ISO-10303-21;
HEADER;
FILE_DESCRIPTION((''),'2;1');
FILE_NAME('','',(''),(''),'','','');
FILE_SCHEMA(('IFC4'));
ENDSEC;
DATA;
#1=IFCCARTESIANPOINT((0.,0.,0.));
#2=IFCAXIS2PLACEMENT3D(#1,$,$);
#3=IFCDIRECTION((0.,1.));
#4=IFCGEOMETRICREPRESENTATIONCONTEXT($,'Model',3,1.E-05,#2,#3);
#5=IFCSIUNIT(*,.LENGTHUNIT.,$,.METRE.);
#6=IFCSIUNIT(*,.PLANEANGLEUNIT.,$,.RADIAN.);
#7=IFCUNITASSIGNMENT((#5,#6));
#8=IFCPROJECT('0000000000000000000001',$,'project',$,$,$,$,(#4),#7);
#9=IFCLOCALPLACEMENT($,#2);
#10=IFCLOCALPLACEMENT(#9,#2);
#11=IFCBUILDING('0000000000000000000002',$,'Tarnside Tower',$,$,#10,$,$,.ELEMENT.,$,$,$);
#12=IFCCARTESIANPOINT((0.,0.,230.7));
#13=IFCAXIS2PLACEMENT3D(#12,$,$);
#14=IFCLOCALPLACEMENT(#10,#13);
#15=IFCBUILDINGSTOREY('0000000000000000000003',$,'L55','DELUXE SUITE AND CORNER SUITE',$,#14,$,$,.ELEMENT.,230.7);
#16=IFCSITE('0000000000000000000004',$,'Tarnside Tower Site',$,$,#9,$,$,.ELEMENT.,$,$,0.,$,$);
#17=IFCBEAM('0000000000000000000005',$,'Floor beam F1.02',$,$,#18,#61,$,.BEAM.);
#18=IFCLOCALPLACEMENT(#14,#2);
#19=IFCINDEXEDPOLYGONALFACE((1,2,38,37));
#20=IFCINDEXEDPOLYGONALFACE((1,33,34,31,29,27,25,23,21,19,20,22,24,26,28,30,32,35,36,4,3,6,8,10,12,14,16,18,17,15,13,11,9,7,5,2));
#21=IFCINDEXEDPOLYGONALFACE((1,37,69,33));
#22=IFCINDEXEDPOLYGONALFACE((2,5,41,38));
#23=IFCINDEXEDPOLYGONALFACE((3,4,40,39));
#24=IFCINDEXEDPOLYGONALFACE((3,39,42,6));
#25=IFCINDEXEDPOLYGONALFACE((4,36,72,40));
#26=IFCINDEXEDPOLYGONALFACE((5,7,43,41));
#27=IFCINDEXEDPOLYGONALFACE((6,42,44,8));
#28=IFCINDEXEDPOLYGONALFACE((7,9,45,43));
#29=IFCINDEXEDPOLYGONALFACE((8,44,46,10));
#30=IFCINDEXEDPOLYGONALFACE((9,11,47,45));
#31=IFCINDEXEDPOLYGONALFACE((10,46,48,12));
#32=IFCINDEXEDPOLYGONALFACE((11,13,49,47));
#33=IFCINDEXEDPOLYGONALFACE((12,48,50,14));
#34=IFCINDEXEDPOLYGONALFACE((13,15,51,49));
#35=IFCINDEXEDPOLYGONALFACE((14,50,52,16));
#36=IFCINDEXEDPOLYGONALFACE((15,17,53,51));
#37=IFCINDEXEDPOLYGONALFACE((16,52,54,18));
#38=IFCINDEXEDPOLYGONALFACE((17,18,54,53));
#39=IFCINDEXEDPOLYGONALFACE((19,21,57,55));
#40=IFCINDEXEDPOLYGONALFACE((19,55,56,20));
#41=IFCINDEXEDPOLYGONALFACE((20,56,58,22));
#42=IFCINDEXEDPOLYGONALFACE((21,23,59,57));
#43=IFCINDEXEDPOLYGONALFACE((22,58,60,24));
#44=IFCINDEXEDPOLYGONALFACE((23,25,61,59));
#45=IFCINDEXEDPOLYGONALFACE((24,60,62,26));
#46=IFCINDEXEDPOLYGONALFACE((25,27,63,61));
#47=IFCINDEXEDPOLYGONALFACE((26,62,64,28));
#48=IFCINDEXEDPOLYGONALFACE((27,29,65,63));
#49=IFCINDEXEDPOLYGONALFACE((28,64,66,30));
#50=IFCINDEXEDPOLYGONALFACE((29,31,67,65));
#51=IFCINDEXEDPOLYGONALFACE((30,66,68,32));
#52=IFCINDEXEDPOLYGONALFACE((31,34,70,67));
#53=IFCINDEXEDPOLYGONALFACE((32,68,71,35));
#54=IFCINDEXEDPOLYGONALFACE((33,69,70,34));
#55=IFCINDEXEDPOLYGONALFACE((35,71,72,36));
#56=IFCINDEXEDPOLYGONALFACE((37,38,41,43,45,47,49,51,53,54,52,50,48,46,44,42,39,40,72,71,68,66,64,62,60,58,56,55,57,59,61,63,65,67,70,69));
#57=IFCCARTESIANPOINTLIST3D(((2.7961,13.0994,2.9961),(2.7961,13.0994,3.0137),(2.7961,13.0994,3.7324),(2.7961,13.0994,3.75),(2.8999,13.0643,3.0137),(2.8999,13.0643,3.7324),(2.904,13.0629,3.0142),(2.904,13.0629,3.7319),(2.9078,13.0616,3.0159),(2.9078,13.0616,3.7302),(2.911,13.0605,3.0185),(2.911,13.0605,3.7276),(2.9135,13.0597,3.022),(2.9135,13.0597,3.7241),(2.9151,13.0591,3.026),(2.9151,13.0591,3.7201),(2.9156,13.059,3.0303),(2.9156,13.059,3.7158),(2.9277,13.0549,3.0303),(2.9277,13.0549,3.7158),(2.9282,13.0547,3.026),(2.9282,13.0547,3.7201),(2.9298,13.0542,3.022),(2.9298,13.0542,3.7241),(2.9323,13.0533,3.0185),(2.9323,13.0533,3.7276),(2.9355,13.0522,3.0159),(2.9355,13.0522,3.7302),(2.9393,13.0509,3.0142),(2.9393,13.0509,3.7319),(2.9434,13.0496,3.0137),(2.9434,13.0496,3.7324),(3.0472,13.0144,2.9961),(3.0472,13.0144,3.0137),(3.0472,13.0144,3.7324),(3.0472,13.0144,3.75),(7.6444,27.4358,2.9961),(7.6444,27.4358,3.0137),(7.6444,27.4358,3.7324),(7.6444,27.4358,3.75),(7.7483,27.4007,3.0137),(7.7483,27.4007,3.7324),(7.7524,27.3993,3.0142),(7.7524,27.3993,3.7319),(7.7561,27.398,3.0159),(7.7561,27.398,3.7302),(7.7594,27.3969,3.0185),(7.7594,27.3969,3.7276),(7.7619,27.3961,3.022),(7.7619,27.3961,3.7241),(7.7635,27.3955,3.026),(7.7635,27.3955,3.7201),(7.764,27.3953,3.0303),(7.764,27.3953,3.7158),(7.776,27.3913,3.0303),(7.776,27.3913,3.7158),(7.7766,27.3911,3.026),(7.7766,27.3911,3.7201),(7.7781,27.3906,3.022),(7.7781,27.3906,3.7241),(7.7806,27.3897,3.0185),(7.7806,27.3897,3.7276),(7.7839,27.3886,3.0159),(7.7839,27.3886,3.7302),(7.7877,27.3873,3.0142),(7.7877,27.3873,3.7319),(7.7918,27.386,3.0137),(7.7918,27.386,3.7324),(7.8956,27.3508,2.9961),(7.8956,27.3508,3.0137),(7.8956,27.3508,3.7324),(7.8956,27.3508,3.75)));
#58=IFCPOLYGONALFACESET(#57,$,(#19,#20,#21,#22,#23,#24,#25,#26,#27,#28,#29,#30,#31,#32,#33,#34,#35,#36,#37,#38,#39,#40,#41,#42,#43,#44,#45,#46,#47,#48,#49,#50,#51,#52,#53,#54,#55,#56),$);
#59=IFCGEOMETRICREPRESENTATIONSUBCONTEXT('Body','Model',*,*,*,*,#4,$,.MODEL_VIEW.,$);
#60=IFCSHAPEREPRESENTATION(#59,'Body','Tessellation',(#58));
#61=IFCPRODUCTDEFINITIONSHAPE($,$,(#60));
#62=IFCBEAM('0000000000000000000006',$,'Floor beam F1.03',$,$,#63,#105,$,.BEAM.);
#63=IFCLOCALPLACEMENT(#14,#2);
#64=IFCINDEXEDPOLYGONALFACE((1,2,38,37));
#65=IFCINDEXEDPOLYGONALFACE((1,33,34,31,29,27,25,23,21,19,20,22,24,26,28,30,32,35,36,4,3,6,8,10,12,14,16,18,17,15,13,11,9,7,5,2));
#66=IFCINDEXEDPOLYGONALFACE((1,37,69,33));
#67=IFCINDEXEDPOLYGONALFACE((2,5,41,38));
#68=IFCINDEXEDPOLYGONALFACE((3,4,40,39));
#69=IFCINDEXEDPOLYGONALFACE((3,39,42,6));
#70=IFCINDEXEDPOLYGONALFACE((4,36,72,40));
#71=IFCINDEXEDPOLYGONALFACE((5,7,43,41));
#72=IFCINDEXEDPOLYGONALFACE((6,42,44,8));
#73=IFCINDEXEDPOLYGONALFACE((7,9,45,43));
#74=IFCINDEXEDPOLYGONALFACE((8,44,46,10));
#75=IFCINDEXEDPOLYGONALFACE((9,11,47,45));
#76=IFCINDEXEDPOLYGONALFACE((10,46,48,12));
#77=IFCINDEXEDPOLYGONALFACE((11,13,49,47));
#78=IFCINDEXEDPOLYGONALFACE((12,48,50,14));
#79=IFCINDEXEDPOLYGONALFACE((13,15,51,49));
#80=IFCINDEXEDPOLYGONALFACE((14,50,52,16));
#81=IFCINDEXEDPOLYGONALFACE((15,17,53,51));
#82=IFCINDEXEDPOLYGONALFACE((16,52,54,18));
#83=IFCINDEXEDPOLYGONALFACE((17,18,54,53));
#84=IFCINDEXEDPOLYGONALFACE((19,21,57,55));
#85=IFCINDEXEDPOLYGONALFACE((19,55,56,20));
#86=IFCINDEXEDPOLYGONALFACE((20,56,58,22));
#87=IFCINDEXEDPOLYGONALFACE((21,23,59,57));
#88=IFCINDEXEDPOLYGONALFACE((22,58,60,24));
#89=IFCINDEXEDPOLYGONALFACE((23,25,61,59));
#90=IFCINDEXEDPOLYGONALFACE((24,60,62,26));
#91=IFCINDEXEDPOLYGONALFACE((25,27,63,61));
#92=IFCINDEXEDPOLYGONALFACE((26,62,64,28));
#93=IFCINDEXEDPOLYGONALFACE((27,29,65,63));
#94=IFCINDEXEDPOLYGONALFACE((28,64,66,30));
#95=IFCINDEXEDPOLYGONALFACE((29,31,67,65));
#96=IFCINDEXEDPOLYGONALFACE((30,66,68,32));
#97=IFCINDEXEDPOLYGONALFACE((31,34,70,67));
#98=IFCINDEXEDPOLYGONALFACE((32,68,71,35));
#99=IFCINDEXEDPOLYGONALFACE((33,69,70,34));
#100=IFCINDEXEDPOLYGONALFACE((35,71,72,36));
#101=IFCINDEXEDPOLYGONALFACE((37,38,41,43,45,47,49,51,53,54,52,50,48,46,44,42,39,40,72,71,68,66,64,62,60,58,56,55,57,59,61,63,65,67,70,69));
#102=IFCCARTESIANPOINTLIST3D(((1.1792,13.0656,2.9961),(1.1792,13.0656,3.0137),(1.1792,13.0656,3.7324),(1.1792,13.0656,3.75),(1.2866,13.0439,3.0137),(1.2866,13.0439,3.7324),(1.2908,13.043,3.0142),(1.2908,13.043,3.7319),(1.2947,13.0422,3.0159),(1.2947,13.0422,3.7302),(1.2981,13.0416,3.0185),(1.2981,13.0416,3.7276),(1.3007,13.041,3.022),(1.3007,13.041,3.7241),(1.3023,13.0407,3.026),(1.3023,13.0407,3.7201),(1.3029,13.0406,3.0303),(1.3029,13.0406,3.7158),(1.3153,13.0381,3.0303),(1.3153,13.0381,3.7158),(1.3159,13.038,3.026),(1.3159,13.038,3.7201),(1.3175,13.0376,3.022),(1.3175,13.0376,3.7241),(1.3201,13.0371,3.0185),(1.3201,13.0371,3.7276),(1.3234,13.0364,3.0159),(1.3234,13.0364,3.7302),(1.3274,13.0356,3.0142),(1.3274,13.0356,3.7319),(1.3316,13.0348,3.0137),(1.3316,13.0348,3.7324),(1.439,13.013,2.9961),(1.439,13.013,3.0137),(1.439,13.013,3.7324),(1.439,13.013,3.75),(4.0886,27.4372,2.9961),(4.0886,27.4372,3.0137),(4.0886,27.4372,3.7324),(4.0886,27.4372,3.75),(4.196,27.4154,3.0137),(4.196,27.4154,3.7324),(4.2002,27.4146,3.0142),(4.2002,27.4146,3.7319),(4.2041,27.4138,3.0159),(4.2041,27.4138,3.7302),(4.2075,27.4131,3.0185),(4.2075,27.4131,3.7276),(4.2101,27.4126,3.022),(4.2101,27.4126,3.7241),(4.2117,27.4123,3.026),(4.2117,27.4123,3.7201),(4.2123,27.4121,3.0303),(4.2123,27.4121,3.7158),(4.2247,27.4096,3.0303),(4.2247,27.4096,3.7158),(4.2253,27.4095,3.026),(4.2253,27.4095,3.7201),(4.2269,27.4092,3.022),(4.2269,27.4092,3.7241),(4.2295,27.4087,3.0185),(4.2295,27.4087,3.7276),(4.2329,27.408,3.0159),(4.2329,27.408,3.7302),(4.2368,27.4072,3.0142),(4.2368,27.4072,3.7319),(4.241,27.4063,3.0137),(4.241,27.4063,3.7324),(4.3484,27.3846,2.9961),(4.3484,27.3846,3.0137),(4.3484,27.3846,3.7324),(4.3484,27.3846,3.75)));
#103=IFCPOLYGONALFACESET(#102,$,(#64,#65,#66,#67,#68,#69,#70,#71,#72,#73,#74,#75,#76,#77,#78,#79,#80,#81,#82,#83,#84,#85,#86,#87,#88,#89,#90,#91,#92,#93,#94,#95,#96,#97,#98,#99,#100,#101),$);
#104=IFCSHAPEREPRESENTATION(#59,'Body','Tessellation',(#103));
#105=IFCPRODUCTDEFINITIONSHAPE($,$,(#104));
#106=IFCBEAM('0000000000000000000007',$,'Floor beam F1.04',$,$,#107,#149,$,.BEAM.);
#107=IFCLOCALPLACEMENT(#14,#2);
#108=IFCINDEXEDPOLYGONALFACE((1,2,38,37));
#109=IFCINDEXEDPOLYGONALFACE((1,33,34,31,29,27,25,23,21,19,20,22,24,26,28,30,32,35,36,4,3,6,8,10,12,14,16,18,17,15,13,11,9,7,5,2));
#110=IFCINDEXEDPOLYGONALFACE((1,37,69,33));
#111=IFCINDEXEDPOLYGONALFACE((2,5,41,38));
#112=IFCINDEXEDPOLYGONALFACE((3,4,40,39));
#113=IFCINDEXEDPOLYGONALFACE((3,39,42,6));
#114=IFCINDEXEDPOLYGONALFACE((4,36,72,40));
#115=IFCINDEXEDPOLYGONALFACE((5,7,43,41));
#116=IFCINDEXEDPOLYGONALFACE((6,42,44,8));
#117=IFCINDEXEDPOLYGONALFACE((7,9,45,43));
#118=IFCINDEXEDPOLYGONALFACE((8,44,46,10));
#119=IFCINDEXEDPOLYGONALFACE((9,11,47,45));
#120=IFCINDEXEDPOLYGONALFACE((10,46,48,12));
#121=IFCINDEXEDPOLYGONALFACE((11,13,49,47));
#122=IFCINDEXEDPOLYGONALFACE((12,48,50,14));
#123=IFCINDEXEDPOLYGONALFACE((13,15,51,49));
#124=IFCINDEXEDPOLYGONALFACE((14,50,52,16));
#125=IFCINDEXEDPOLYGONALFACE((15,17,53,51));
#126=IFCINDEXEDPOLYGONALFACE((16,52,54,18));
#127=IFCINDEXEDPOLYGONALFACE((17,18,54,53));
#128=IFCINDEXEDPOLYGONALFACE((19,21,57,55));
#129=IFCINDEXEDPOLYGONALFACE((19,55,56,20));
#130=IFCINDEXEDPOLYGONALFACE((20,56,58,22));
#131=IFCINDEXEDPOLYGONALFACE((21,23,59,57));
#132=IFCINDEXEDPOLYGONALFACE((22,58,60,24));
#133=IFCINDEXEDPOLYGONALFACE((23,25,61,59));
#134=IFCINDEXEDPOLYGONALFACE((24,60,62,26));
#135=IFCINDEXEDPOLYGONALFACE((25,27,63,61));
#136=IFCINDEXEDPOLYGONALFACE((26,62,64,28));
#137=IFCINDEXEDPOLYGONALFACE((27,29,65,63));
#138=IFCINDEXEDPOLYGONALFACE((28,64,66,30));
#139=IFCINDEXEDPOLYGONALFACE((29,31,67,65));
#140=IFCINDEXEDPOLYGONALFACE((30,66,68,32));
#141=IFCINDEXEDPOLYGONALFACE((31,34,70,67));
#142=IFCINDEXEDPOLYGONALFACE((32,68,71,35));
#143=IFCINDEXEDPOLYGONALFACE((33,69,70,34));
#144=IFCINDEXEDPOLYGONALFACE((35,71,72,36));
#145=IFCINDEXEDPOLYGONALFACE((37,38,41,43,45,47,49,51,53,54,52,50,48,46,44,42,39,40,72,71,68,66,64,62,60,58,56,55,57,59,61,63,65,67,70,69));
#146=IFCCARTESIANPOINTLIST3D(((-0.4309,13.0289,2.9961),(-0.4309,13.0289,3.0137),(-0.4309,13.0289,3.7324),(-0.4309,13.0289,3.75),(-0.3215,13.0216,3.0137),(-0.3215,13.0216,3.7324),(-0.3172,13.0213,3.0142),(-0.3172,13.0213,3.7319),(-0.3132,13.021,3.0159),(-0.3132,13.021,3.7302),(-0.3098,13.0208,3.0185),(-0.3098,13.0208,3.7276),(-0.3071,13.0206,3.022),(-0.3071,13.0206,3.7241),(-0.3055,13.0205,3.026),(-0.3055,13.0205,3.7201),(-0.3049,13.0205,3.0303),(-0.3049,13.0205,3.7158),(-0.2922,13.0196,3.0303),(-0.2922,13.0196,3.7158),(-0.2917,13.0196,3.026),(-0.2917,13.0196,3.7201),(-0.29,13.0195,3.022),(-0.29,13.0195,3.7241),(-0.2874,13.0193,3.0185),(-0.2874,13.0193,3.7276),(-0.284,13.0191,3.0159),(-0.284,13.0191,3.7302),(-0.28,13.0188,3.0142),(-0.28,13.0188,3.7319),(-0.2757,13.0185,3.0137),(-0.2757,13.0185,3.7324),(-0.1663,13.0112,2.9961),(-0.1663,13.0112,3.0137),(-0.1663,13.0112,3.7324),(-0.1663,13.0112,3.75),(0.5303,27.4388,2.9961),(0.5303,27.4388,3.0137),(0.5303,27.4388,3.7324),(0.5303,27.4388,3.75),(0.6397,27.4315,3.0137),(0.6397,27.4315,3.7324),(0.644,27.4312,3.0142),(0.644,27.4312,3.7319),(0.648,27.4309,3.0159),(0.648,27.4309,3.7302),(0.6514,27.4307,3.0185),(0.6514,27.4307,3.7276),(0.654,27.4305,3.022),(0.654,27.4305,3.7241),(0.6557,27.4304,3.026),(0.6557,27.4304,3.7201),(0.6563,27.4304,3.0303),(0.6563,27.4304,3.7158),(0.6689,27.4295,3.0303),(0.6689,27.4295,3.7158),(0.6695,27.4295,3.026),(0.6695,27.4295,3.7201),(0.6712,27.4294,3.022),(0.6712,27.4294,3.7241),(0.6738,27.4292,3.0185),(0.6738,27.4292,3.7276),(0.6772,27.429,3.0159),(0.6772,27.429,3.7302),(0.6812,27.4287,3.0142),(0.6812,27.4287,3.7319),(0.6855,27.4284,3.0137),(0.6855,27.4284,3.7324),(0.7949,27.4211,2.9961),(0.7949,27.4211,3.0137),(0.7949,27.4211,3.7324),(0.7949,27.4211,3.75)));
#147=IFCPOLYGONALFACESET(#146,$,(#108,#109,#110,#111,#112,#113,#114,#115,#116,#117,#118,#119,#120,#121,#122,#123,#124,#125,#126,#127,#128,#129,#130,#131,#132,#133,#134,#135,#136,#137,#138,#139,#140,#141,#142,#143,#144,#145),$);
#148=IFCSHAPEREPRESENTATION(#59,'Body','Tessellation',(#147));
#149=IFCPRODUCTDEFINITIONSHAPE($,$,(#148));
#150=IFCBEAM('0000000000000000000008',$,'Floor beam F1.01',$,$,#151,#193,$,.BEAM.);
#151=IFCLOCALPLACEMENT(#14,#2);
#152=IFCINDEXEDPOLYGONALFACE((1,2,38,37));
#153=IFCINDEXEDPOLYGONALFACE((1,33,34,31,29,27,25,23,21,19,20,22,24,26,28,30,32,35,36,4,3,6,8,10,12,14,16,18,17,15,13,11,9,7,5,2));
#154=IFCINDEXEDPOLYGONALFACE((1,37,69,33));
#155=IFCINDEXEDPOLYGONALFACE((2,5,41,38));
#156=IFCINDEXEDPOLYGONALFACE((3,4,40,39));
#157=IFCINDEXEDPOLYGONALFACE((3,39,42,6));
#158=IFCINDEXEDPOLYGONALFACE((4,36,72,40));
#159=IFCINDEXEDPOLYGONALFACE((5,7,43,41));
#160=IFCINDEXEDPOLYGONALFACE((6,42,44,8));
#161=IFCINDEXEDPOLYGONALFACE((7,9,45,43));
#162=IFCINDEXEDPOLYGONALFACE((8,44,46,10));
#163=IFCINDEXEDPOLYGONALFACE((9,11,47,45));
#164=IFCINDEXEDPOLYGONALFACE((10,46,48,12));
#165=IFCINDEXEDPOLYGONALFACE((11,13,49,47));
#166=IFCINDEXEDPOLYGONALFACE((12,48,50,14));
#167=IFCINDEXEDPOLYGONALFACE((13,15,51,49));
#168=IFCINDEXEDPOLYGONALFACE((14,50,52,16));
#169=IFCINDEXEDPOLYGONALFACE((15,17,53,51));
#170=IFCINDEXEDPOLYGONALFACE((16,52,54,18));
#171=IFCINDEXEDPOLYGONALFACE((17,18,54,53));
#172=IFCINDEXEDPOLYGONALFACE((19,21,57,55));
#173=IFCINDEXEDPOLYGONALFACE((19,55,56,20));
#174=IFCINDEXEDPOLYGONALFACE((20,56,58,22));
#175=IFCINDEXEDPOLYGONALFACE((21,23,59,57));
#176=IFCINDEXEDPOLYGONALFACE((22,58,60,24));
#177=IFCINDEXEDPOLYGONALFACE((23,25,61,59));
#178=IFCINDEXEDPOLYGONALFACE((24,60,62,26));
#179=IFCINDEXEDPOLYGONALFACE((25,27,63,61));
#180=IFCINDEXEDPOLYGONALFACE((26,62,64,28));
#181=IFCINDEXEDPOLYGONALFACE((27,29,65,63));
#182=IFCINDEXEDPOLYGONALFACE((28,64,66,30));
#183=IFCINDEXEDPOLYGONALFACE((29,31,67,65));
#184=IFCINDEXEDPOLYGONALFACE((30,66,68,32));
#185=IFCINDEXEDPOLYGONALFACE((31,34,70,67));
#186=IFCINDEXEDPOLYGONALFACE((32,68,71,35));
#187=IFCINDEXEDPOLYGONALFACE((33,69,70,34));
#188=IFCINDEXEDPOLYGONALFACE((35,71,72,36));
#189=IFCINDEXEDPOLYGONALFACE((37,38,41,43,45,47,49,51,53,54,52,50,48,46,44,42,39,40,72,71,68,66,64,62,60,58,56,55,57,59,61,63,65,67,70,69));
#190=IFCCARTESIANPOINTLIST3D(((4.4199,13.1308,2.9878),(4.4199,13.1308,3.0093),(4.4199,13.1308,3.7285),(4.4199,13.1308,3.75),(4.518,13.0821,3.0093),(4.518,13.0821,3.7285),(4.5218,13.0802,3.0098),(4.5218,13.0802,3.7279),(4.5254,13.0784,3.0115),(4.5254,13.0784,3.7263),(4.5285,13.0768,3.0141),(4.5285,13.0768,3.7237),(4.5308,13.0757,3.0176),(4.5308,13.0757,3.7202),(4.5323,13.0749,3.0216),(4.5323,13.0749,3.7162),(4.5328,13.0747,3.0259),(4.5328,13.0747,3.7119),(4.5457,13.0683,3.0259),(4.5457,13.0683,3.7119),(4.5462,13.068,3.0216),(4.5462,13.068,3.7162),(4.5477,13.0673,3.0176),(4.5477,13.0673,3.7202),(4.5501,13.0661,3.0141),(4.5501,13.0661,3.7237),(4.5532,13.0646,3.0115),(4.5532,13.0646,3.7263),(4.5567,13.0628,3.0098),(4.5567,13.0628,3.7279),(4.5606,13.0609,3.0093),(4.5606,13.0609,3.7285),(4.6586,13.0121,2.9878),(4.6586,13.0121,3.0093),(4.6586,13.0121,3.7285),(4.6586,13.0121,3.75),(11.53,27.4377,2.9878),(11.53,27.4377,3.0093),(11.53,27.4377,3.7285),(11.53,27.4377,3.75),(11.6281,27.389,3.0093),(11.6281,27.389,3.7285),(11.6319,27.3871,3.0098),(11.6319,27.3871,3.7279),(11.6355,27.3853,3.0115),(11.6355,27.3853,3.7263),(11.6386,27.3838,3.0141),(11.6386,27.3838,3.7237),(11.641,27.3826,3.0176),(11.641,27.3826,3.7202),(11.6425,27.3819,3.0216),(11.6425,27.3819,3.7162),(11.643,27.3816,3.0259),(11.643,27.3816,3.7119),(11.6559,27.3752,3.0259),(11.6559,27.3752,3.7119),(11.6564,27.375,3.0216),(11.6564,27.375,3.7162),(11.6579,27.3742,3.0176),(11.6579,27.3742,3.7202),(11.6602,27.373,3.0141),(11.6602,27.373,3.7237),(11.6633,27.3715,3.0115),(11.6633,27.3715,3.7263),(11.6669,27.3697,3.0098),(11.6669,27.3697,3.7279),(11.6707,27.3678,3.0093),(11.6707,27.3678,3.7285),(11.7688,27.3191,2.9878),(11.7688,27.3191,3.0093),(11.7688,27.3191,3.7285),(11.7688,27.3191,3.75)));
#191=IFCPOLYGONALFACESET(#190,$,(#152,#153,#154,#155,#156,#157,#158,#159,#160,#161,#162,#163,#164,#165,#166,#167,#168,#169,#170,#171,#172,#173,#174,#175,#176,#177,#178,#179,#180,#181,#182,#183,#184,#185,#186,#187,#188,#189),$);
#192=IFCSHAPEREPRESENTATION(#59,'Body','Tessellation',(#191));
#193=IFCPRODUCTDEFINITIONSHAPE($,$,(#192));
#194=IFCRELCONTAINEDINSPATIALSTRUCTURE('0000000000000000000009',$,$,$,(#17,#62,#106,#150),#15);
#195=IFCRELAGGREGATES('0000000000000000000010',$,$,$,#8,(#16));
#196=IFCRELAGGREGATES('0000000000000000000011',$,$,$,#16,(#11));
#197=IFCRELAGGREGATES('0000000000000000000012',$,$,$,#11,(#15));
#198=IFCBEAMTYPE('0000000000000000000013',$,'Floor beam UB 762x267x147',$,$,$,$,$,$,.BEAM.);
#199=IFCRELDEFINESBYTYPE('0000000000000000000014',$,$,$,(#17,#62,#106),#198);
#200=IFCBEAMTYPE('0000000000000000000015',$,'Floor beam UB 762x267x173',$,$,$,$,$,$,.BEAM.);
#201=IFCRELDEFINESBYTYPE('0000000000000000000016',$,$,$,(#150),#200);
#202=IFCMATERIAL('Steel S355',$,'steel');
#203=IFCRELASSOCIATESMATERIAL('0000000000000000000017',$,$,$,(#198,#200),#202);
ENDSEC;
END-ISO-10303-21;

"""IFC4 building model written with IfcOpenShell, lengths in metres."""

from ifc_helpers import new_model, si_unit, direction, frame, origin, origin_2d, place, context, subcontext, project, spatial, i_section, extrude, material, material_profile, profile_set, type_object, element, save


model = new_model("IFC4")

# Units and contexts
model_context = context("Model", 3, precision=1e-05, world=origin(), true_north=direction((0.0, 1.0)))
body_context = subcontext(model_context, "Body", "Model", "MODEL_VIEW")
ifc_project = project(units=[si_unit("LENGTHUNIT", "METRE"), si_unit("PLANEANGLEUNIT", "RADIAN")], contexts=[model_context])

# Site, building, storey
site_placement = place(None, origin())
site = spatial("IfcSite", under=ifc_project, at=site_placement, Name="Tarnside Tower Site", CompositionType="ELEMENT", RefElevation=0.0)
building_placement = place(site_placement, origin())
building = spatial("IfcBuilding", under=site, at=building_placement, Name="Tarnside Tower", CompositionType="ELEMENT")
storey_placement = place(building_placement, frame((0.0, 0.0, 230.7)))
storey = spatial("IfcBuildingStorey", under=building, at=storey_placement, Name="L55", Description="DELUXE SUITE AND CORNER SUITE", CompositionType="ELEMENT", Elevation=230.7)

# Beams
ifc_material_1 = material(Name="Steel S355", Category="steel")
ifc_material_profile_1 = material_profile(ifc_material_1, i_section(OverallWidth=0.2651, OverallDepth=0.7539, WebThickness=0.0127, FlangeThickness=0.0176, FilletRadius=0.0166, at=origin_2d()), Name="UB 762x267x147")
ifc_profile_set_1 = profile_set([ifc_material_profile_1], Name="Steel S355")
beam_type_1 = type_object("IfcBeamType", Name="Floor beam UB 762x267x147", PredefinedType="BEAM", material=ifc_profile_set_1)
beam_1_placement = place(storey_placement, frame((7.77, 27.3933, 3.373), z_axis=(-0.320363, -0.947295, 0.0), x_axis=(0.947295, -0.320363, 0.0)))
element("IfcBeam", 1, at=beam_1_placement, inside=storey, type_object=beam_type_1, Name="Floor beam F1.02", PredefinedType="BEAM", context=body_context, shape_type="SweptSolid", body=[
    extrude(i_section(OverallWidth=0.2651, OverallDepth=0.7539, WebThickness=0.0127, FlangeThickness=0.0176, FilletRadius=0.0166, at=origin_2d()), origin(), (0.0, 0.0, 1.0), 15.134),
])
beam_2_placement = place(storey_placement, frame((4.2185, 27.4109, 3.373), z_axis=(-0.198418, -0.980118, 0.0), x_axis=(0.980118, -0.198418, 0.0)))
element("IfcBeam", 2, at=beam_2_placement, inside=storey, type_object=beam_type_1, Name="Floor beam F1.03", PredefinedType="BEAM", context=body_context, shape_type="SweptSolid", body=[
    extrude(i_section(OverallWidth=0.2651, OverallDepth=0.7539, WebThickness=0.0127, FlangeThickness=0.0176, FilletRadius=0.0166, at=origin_2d()), origin(), (0.0, 0.0, 1.0), 14.6631),
])
beam_3_placement = place(storey_placement, frame((0.6626, 27.4299, 3.373), z_axis=(-0.066555, -0.997783, 0.0), x_axis=(0.997783, -0.066555, 0.0)))
element("IfcBeam", 3, at=beam_3_placement, inside=storey, type_object=beam_type_1, Name="Floor beam F1.04", PredefinedType="BEAM", context=body_context, shape_type="SweptSolid", body=[
    extrude(i_section(OverallWidth=0.2651, OverallDepth=0.7539, WebThickness=0.0127, FlangeThickness=0.0176, FilletRadius=0.0166, at=origin_2d()), origin(), (0.0, 0.0, 1.0), 14.4419),
])
ifc_material_profile_2 = material_profile(ifc_material_1, i_section(OverallWidth=0.2666, OverallDepth=0.7622, WebThickness=0.0144, FlangeThickness=0.0215, FilletRadius=0.0166, at=origin_2d()), Name="UB 762x267x173")
ifc_profile_set_2 = profile_set([ifc_material_profile_2], Name="Steel S355")
beam_type_2 = type_object("IfcBeamType", Name="Floor beam UB 762x267x173", PredefinedType="BEAM", material=ifc_profile_set_2)
beam_4_placement = place(storey_placement, frame((11.6494, 27.3784, 3.3689), z_axis=(-0.445042, -0.89551, 0.0), x_axis=(0.89551, -0.445042, 0.0)))
element("IfcBeam", 4, at=beam_4_placement, inside=storey, type_object=beam_type_2, Name="Floor beam F1.01", PredefinedType="BEAM", context=body_context, shape_type="SweptSolid", body=[
    extrude(i_section(OverallWidth=0.2666, OverallDepth=0.7622, WebThickness=0.0144, FlangeThickness=0.0215, FilletRadius=0.0166, at=origin_2d()), origin(), (0.0, 0.0, 1.0), 15.9763),
])

save(model, "model.ifc")
